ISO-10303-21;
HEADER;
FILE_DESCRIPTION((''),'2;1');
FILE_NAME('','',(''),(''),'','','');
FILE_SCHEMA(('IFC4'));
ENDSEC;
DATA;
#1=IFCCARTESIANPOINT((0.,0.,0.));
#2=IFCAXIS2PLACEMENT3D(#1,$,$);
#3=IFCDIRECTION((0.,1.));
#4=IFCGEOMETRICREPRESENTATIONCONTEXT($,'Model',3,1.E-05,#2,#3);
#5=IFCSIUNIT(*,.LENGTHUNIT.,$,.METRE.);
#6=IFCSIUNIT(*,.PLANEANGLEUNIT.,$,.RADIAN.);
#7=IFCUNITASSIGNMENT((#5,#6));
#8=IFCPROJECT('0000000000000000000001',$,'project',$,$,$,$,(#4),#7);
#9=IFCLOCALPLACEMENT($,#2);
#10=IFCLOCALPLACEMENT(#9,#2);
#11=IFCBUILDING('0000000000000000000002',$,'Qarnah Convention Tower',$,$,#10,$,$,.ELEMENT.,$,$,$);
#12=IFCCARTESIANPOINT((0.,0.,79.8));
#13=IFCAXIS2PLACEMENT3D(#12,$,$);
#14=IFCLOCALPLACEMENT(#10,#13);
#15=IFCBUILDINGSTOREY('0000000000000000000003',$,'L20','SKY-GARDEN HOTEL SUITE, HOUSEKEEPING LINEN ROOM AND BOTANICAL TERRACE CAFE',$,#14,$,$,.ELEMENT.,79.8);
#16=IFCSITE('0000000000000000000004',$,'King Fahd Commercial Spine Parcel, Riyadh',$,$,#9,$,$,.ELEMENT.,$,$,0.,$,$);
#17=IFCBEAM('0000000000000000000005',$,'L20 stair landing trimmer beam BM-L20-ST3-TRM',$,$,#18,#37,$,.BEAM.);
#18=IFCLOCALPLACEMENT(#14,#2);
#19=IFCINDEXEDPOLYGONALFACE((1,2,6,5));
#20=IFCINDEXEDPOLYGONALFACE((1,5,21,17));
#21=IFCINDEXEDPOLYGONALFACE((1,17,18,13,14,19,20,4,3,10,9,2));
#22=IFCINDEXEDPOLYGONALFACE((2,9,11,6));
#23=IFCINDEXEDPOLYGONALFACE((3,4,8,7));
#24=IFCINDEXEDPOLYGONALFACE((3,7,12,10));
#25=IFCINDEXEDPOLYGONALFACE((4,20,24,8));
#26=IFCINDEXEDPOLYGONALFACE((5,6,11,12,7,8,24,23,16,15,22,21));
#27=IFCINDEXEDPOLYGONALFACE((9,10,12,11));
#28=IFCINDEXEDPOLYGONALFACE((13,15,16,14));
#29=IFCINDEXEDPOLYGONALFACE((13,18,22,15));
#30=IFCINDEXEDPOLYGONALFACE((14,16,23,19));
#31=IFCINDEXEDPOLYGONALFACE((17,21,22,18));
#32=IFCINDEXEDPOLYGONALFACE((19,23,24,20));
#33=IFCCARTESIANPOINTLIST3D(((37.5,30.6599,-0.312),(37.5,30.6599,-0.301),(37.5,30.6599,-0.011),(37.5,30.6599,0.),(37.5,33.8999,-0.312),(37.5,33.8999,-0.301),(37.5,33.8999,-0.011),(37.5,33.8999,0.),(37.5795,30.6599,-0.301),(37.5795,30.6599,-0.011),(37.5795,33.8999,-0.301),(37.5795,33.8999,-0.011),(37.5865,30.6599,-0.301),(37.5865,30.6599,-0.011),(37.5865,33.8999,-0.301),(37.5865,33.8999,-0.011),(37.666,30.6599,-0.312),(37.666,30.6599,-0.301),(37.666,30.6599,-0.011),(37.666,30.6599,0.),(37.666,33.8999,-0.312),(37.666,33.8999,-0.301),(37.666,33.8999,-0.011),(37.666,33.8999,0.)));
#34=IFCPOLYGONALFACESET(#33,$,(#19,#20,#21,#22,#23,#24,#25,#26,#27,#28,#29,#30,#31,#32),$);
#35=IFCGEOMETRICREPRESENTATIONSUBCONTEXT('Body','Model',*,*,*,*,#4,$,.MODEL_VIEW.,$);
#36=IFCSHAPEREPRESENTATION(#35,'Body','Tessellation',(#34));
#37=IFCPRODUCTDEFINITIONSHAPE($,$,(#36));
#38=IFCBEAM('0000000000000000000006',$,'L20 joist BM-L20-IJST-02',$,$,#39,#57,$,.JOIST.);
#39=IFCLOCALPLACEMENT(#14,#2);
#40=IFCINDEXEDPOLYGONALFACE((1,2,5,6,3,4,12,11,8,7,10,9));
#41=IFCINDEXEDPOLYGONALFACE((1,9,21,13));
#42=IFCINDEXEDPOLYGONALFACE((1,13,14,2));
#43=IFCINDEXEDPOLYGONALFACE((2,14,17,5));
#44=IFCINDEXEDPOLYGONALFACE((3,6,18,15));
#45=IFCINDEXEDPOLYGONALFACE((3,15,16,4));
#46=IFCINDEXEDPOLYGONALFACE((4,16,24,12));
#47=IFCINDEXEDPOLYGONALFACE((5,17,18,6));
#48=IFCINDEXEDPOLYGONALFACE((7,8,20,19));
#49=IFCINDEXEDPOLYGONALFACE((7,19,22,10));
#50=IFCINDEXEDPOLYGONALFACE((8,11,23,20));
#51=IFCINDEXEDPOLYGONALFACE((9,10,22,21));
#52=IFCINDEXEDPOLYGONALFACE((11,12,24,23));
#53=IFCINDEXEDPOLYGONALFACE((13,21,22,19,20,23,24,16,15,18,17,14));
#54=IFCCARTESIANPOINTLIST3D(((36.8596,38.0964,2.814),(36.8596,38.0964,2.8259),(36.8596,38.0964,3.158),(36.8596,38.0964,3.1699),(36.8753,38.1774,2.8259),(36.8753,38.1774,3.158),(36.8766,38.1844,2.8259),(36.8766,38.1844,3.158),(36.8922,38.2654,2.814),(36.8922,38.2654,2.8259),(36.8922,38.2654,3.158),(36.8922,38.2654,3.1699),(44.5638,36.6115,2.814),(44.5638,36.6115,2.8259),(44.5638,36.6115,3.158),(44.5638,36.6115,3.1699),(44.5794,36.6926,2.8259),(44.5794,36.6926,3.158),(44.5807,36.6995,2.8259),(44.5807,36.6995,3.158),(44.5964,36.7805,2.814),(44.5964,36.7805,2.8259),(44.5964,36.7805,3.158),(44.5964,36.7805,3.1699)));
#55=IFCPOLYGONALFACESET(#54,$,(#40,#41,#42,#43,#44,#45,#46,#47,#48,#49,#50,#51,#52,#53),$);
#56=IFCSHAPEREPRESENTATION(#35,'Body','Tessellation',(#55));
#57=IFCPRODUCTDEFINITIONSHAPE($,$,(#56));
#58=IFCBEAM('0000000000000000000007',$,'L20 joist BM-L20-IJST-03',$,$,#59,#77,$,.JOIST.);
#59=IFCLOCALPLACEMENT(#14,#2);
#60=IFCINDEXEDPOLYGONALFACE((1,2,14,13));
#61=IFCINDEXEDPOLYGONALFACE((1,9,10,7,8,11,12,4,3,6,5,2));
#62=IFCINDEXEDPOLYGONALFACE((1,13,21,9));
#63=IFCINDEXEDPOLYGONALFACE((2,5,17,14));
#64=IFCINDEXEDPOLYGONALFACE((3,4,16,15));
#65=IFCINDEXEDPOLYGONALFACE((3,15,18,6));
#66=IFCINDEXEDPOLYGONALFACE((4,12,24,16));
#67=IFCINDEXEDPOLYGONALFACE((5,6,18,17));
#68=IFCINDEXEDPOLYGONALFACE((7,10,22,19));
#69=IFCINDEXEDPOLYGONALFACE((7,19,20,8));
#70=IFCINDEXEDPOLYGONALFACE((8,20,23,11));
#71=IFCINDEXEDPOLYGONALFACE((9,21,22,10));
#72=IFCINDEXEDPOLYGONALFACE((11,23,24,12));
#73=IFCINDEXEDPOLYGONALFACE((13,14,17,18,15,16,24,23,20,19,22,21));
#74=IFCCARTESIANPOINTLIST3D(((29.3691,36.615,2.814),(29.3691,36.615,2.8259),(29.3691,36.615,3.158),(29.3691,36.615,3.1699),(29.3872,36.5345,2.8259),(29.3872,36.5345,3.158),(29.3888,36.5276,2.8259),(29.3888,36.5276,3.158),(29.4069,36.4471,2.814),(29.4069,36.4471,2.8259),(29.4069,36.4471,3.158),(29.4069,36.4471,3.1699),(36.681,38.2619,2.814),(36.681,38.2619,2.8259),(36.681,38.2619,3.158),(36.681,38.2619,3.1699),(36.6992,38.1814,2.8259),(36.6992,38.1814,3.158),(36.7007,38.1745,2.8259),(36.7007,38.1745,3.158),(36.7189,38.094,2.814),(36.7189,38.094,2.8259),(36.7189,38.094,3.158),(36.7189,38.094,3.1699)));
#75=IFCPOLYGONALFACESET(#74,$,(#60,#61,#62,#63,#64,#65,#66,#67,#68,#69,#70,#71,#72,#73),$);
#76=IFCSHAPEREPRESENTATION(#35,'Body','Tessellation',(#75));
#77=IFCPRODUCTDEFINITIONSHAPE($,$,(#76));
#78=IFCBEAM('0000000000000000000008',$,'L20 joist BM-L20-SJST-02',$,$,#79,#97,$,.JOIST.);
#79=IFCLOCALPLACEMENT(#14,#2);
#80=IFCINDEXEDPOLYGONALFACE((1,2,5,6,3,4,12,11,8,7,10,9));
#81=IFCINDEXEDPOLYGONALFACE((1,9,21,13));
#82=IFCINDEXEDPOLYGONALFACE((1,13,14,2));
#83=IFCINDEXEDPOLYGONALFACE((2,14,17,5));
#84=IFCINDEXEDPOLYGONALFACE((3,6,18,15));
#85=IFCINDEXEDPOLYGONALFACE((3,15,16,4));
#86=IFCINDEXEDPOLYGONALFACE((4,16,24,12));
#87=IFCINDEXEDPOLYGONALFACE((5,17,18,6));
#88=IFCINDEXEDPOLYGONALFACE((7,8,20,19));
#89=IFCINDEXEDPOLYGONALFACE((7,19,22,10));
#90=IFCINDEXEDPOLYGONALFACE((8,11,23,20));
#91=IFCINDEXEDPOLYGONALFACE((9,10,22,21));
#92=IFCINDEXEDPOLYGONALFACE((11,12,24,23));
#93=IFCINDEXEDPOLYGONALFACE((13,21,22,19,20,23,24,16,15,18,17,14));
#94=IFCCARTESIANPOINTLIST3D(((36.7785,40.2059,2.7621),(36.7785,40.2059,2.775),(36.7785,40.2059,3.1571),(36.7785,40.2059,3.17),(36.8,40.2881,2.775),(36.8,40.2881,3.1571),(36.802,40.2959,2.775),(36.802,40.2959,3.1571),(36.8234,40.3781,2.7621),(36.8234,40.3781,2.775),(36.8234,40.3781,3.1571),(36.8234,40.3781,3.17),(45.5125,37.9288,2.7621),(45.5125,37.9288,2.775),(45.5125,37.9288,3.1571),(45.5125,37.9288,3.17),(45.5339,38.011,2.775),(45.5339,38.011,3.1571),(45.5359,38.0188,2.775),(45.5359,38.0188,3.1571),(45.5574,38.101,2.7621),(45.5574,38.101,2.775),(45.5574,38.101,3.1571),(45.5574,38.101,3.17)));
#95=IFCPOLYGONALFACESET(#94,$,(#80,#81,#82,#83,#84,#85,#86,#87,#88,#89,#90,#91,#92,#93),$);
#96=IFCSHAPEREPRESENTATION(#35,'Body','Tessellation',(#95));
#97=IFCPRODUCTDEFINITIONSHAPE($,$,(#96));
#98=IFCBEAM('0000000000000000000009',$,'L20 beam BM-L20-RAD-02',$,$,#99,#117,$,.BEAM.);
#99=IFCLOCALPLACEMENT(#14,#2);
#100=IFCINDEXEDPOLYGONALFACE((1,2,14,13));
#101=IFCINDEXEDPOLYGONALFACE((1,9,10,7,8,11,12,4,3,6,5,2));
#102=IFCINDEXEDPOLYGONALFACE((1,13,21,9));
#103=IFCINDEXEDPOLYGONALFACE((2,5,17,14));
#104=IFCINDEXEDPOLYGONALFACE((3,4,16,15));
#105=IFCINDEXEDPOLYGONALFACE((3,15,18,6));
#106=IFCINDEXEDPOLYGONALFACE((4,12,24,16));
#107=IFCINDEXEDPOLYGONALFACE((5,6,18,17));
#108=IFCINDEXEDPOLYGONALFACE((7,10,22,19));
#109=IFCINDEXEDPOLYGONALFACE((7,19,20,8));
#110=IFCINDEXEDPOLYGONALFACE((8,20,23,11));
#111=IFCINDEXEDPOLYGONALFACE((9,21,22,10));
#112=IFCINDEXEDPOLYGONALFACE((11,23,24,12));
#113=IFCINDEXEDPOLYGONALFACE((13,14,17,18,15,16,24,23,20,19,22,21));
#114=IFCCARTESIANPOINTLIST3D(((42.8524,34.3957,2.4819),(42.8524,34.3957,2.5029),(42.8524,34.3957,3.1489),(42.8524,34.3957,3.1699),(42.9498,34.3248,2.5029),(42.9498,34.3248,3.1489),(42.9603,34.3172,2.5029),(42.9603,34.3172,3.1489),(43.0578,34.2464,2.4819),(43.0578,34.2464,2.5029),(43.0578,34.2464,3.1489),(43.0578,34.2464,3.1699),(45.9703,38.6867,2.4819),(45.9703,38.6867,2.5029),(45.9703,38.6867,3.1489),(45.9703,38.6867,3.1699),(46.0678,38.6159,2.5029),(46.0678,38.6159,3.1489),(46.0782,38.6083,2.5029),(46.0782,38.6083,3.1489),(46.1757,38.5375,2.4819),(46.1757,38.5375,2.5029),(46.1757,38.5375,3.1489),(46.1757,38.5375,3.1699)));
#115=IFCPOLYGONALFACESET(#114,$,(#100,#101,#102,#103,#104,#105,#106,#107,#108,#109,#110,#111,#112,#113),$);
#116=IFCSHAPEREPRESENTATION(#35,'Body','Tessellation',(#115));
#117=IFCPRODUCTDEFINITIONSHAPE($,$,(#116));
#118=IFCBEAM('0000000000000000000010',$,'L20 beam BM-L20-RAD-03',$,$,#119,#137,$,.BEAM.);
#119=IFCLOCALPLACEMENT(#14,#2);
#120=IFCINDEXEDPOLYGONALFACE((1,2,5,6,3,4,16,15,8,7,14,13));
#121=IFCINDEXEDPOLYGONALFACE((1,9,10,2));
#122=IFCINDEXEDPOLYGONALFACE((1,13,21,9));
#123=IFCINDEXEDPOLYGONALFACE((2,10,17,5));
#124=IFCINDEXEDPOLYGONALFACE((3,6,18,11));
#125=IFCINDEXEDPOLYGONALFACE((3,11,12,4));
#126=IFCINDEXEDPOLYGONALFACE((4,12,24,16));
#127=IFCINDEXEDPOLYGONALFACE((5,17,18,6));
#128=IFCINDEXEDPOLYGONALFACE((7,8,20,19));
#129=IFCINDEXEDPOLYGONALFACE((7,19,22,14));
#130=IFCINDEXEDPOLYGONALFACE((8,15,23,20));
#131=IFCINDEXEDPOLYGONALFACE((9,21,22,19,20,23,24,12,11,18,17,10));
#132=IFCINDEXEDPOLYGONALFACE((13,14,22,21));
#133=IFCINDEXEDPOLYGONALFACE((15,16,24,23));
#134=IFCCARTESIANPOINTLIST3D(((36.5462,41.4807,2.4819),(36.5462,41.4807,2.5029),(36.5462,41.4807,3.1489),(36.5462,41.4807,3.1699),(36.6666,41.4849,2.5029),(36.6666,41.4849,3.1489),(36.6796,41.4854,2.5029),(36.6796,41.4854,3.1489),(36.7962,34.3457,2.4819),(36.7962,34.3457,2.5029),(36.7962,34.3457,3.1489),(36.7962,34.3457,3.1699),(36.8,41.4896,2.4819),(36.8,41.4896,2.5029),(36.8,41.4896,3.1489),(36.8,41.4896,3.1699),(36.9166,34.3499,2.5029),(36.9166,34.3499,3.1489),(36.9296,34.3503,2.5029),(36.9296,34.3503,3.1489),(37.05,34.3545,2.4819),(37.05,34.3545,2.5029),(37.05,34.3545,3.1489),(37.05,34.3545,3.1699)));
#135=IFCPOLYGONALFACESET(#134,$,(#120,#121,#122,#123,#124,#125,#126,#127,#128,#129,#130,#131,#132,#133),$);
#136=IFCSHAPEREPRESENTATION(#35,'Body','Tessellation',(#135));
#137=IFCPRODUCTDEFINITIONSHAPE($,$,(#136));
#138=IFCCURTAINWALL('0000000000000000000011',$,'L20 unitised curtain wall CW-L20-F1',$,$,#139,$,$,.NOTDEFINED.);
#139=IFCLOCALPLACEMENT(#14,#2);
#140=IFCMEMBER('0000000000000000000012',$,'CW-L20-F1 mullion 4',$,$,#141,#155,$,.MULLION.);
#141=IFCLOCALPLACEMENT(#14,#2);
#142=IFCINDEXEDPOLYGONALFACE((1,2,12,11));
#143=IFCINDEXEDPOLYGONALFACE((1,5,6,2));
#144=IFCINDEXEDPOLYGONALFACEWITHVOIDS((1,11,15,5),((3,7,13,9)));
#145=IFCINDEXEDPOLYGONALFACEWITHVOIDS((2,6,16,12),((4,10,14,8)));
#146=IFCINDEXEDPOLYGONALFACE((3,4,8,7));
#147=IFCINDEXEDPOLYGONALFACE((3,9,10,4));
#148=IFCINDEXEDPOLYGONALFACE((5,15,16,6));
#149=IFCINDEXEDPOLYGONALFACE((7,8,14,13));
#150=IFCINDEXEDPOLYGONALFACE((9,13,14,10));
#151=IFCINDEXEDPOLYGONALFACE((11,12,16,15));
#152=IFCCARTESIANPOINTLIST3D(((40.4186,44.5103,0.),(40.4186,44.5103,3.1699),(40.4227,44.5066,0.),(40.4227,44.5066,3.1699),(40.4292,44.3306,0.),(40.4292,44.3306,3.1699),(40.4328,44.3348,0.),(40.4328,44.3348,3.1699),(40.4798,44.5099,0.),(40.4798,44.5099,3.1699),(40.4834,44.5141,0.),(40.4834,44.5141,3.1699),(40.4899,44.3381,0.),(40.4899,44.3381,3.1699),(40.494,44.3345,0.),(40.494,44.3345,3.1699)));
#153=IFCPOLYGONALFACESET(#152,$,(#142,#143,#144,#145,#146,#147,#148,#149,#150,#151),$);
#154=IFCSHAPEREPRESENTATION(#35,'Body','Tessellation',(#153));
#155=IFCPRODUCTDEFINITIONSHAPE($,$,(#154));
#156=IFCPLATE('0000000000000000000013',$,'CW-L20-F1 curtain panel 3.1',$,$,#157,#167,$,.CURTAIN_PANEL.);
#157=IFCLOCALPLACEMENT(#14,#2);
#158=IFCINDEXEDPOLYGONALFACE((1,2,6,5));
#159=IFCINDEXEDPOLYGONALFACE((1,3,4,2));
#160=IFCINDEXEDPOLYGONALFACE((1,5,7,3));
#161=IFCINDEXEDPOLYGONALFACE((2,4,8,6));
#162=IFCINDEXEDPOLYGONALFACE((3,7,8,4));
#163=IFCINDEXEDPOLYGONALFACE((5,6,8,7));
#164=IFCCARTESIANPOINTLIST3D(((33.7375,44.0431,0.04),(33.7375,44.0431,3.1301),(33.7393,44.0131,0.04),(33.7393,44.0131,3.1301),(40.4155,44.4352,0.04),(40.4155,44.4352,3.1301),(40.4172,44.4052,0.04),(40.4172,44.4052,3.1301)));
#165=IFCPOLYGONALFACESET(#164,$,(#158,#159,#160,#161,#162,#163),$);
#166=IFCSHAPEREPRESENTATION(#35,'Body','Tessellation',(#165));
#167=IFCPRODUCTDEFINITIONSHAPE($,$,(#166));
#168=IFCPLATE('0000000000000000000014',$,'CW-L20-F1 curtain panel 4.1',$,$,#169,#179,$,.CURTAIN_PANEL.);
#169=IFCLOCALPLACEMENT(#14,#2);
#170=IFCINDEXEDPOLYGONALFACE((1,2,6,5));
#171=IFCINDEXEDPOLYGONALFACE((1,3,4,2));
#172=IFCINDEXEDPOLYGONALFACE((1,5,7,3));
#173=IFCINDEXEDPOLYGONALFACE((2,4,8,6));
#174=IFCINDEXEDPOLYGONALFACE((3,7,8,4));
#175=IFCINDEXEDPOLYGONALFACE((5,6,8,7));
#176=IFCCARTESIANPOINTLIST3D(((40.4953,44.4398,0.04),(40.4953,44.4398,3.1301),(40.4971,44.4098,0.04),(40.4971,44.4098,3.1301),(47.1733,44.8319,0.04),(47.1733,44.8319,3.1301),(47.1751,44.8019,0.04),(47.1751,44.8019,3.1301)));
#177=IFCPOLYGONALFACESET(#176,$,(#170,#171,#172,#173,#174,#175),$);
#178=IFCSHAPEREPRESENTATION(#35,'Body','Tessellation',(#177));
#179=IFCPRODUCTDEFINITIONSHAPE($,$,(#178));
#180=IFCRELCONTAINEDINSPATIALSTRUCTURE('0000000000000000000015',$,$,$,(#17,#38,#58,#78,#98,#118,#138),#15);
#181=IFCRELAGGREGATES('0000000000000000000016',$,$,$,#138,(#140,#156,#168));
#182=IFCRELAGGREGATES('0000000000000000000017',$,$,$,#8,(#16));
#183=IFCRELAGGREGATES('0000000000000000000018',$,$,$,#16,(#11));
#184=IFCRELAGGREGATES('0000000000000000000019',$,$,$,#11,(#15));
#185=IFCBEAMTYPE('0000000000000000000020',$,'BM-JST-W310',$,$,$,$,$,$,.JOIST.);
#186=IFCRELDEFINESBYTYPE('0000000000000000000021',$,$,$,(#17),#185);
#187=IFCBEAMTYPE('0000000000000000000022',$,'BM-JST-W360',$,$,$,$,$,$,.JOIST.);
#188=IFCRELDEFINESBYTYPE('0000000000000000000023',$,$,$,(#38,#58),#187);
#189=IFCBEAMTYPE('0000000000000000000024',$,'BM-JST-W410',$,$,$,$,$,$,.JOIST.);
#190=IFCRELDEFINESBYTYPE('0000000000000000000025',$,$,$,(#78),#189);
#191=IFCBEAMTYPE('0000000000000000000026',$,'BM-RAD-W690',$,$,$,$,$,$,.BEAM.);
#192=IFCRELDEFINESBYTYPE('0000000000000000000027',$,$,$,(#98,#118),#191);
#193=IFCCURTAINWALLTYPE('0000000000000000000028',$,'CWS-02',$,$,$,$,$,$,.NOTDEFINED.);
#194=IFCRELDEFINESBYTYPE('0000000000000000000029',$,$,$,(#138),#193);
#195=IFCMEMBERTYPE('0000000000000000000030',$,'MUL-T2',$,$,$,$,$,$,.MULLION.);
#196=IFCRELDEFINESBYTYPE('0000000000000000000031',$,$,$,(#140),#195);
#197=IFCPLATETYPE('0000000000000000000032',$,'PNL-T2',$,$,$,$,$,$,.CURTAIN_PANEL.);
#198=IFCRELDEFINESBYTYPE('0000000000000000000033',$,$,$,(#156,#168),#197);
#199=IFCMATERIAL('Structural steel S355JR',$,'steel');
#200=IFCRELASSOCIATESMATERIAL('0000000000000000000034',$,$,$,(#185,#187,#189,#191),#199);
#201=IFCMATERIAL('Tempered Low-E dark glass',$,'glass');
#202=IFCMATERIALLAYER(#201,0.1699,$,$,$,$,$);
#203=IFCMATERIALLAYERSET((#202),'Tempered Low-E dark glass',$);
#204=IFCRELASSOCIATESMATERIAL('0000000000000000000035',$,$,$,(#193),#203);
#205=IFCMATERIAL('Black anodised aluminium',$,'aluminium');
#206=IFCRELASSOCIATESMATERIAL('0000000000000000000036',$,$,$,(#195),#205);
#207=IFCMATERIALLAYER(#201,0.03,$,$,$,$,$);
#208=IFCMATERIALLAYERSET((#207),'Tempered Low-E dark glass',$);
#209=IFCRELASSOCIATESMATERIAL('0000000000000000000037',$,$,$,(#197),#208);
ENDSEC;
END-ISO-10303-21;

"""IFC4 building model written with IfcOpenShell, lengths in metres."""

from ifc_helpers import new_model, si_unit, direction, frame, origin, origin_2d, place, context, subcontext, project, spatial, rectangle, hollow_rectangle, i_section, extrude, material, layer, layer_set, material_profile, profile_set, type_object, element, aggregate, save


model = new_model("IFC4")

# Units and contexts
model_context = context("Model", 3, precision=1e-05, world=origin(), true_north=direction((0.0, 1.0)))
body_context = subcontext(model_context, "Body", "Model", "MODEL_VIEW")
ifc_project = project(units=[si_unit("LENGTHUNIT", "METRE"), si_unit("PLANEANGLEUNIT", "RADIAN")], contexts=[model_context])

# Site, building, storey
site_placement = place(None, origin())
site = spatial("IfcSite", under=ifc_project, at=site_placement, Name="King Fahd Commercial Spine Parcel, Riyadh", CompositionType="ELEMENT", RefElevation=0.0)
building_placement = place(site_placement, origin())
building = spatial("IfcBuilding", under=site, at=building_placement, Name="Qarnah Convention Tower", CompositionType="ELEMENT")
storey_placement = place(building_placement, frame((0.0, 0.0, 79.8)))
storey = spatial("IfcBuildingStorey", under=building, at=storey_placement, Name="L20", Description="SKY-GARDEN HOTEL SUITE, HOUSEKEEPING LINEN ROOM AND BOTANICAL TERRACE CAFE", CompositionType="ELEMENT", Elevation=79.8)

# Beams
ifc_material_1 = material(Name="Structural steel S355JR", Category="steel")
ifc_material_profile_1 = material_profile(ifc_material_1, i_section(OverallWidth=0.166, OverallDepth=0.312, WebThickness=0.0071, FlangeThickness=0.011, at=origin_2d()), Name="W310X45")
ifc_profile_set_1 = profile_set([ifc_material_profile_1], Name="Structural steel S355JR")
beam_type_1 = type_object("IfcBeamType", Name="BM-JST-W310", PredefinedType="JOIST", material=ifc_profile_set_1)
beam_1_placement = place(storey_placement, frame((37.583, 30.6599, -0.156), z_axis=(0.0, 1.0, 0.0), x_axis=(-1.0, 0.0, 0.0)))
element("IfcBeam", 1, at=beam_1_placement, inside=storey, type_object=beam_type_1, Name="L20 stair landing trimmer beam BM-L20-ST3-TRM", PredefinedType="BEAM", context=body_context, shape_type="SweptSolid", body=[
    extrude(i_section(OverallWidth=0.166, OverallDepth=0.312, WebThickness=0.0071, FlangeThickness=0.011, at=origin_2d()), origin(), (0.0, 0.0, 1.0), 3.24),
])
ifc_material_profile_2 = material_profile(ifc_material_1, i_section(OverallWidth=0.1721, OverallDepth=0.356, WebThickness=0.0071, FlangeThickness=0.012, at=origin_2d()), Name="W360X51")
ifc_profile_set_2 = profile_set([ifc_material_profile_2], Name="Structural steel S355JR")
beam_type_2 = type_object("IfcBeamType", Name="BM-JST-W360", PredefinedType="JOIST", material=ifc_profile_set_2)
beam_2_placement = place(storey_placement, frame((44.5801, 36.696, 2.9919), z_axis=(-0.981928, 0.189254, 0.0), x_axis=(-0.189254, -0.981928, 0.0)))
element("IfcBeam", 2, at=beam_2_placement, inside=storey, type_object=beam_type_2, Name="L20 joist BM-L20-IJST-02", PredefinedType="JOIST", context=body_context, shape_type="SweptSolid", body=[
    extrude(i_section(OverallWidth=0.1721, OverallDepth=0.356, WebThickness=0.0071, FlangeThickness=0.012, at=origin_2d()), origin(), (0.0, 0.0, 1.0), 7.8459),
])
beam_3_placement = place(storey_placement, frame((36.7, 38.178, 2.9919), z_axis=(-0.975559, -0.219737, 0.0), x_axis=(0.219737, -0.975559, 0.0)))
element("IfcBeam", 3, at=beam_3_placement, inside=storey, type_object=beam_type_2, Name="L20 joist BM-L20-IJST-03", PredefinedType="JOIST", context=body_context, shape_type="SweptSolid", body=[
    extrude(i_section(OverallWidth=0.1721, OverallDepth=0.356, WebThickness=0.0071, FlangeThickness=0.012, at=origin_2d()), origin(), (0.0, 0.0, 1.0), 7.4951),
])
ifc_material_profile_3 = material_profile(ifc_material_1, i_section(OverallWidth=0.178, OverallDepth=0.408, WebThickness=0.0081, FlangeThickness=0.0129, at=origin_2d()), Name="W410X60")
ifc_profile_set_3 = profile_set([ifc_material_profile_3], Name="Structural steel S355JR")
beam_type_3 = type_object("IfcBeamType", Name="BM-JST-W410", PredefinedType="JOIST", material=ifc_profile_set_3)
beam_4_placement = place(storey_placement, frame((45.5349, 38.0149, 2.9661), z_axis=(-0.967653, 0.252286, 0.0), x_axis=(-0.252286, -0.967653, 0.0)))
element("IfcBeam", 4, at=beam_4_placement, inside=storey, type_object=beam_type_3, Name="L20 joist BM-L20-SJST-02", PredefinedType="JOIST", context=body_context, shape_type="SweptSolid", body=[
    extrude(i_section(OverallWidth=0.178, OverallDepth=0.408, WebThickness=0.0081, FlangeThickness=0.0129, at=origin_2d()), origin(), (0.0, 0.0, 1.0), 9.0259),
])
ifc_material_profile_4 = material_profile(ifc_material_1, i_section(OverallWidth=0.2539, OverallDepth=0.688, WebThickness=0.0129, FlangeThickness=0.021, at=origin_2d()), Name="W690X152")
ifc_profile_set_4 = profile_set([ifc_material_profile_4], Name="Structural steel S355JR")
beam_type_4 = type_object("IfcBeamType", Name="BM-RAD-W690", PredefinedType="BEAM", material=ifc_profile_set_4)
beam_5_placement = place(storey_placement, frame((42.9551, 34.321, 2.8259), z_axis=(0.587824, 0.808989, 0.0), x_axis=(-0.808989, 0.587824, 0.0)))
element("IfcBeam", 5, at=beam_5_placement, inside=storey, type_object=beam_type_4, Name="L20 beam BM-L20-RAD-02", PredefinedType="BEAM", context=body_context, shape_type="SweptSolid", body=[
    extrude(i_section(OverallWidth=0.2539, OverallDepth=0.688, WebThickness=0.0129, FlangeThickness=0.021, at=origin_2d()), origin(), (0.0, 0.0, 1.0), 5.3042),
])
beam_6_placement = place(storey_placement, frame((36.9231, 34.3501, 2.8259), z_axis=(-0.035017, 0.999387, 0.0), x_axis=(-0.999387, -0.035017, 0.0)))
element("IfcBeam", 6, at=beam_6_placement, inside=storey, type_object=beam_type_4, Name="L20 beam BM-L20-RAD-03", PredefinedType="BEAM", context=body_context, shape_type="SweptSolid", body=[
    extrude(i_section(OverallWidth=0.2539, OverallDepth=0.688, WebThickness=0.0129, FlangeThickness=0.021, at=origin_2d()), origin(), (0.0, 0.0, 1.0), 7.1394),
])

# Curtain wall, member, plates
ifc_material_2 = material(Name="Tempered Low-E dark glass", Category="glass")
ifc_layer_1 = layer(ifc_material_2, 0.1699)
ifc_layer_set_1 = layer_set([ifc_layer_1], Name="Tempered Low-E dark glass")
curtain_wall_type = type_object("IfcCurtainWallType", Name="CWS-02", PredefinedType="NOTDEFINED", material=ifc_layer_set_1)
curtain_wall_placement = place(storey_placement, origin())
curtain_wall = element("IfcCurtainWall", 7, at=curtain_wall_placement, inside=storey, type_object=curtain_wall_type, Name="L20 unitised curtain wall CW-L20-F1", PredefinedType="NOTDEFINED")
ifc_material_3 = material(Name="Black anodised aluminium", Category="aluminium")
ifc_material_profile_5 = material_profile(ifc_material_3, hollow_rectangle(XDim=0.0649, YDim=0.1799, WallThickness=0.0039, at=origin_2d()), Name="MUL-65X180")
ifc_profile_set_5 = profile_set([ifc_material_profile_5], Name="Black anodised aluminium")
member_type = type_object("IfcMemberType", Name="MUL-T2", PredefinedType="MULLION", material=ifc_profile_set_5)
member_placement = place(storey_placement, frame((40.4563, 44.4224, 0.0), z_axis=(0.0, 0.0, 1.0), x_axis=(0.998281, 0.058616, 0.0)))
member = element("IfcMember", 8, at=member_placement, type_object=member_type, Name="CW-L20-F1 mullion 4", PredefinedType="MULLION", context=body_context, shape_type="SweptSolid", body=[
    extrude(hollow_rectangle(XDim=0.0649, YDim=0.1799, WallThickness=0.0039, at=origin_2d()), origin(), (0.0, 0.0, 1.0), 3.1699),
])
ifc_layer_2 = layer(ifc_material_2, 0.03)
ifc_layer_set_2 = layer_set([ifc_layer_2], Name="Tempered Low-E dark glass")
plate_type = type_object("IfcPlateType", Name="PNL-T2", PredefinedType="CURTAIN_PANEL", material=ifc_layer_set_2)
plate_1_placement = place(storey_placement, frame((37.0774, 44.2241, 0.04), z_axis=(0.0, 0.0, 1.0), x_axis=(0.998281, 0.058616, 0.0)))
plate_1 = element("IfcPlate", 9, at=plate_1_placement, type_object=plate_type, Name="CW-L20-F1 curtain panel 3.1", PredefinedType="CURTAIN_PANEL", context=body_context, shape_type="SweptSolid", body=[
    extrude(rectangle(XDim=6.6895, YDim=0.03, at=origin_2d()), origin(), (0.0, 0.0, 1.0), 3.0901),
])
plate_2_placement = place(storey_placement, frame((43.8352, 44.6208, 0.04), z_axis=(0.0, 0.0, 1.0), x_axis=(0.998281, 0.058616, 0.0)))
plate_2 = element("IfcPlate", 10, at=plate_2_placement, type_object=plate_type, Name="CW-L20-F1 curtain panel 4.1", PredefinedType="CURTAIN_PANEL", context=body_context, shape_type="SweptSolid", body=[
    extrude(rectangle(XDim=6.6895, YDim=0.03, at=origin_2d()), origin(), (0.0, 0.0, 1.0), 3.0901),
])
aggregate(curtain_wall, [member, plate_1, plate_2])

save(model, "model.ifc")
